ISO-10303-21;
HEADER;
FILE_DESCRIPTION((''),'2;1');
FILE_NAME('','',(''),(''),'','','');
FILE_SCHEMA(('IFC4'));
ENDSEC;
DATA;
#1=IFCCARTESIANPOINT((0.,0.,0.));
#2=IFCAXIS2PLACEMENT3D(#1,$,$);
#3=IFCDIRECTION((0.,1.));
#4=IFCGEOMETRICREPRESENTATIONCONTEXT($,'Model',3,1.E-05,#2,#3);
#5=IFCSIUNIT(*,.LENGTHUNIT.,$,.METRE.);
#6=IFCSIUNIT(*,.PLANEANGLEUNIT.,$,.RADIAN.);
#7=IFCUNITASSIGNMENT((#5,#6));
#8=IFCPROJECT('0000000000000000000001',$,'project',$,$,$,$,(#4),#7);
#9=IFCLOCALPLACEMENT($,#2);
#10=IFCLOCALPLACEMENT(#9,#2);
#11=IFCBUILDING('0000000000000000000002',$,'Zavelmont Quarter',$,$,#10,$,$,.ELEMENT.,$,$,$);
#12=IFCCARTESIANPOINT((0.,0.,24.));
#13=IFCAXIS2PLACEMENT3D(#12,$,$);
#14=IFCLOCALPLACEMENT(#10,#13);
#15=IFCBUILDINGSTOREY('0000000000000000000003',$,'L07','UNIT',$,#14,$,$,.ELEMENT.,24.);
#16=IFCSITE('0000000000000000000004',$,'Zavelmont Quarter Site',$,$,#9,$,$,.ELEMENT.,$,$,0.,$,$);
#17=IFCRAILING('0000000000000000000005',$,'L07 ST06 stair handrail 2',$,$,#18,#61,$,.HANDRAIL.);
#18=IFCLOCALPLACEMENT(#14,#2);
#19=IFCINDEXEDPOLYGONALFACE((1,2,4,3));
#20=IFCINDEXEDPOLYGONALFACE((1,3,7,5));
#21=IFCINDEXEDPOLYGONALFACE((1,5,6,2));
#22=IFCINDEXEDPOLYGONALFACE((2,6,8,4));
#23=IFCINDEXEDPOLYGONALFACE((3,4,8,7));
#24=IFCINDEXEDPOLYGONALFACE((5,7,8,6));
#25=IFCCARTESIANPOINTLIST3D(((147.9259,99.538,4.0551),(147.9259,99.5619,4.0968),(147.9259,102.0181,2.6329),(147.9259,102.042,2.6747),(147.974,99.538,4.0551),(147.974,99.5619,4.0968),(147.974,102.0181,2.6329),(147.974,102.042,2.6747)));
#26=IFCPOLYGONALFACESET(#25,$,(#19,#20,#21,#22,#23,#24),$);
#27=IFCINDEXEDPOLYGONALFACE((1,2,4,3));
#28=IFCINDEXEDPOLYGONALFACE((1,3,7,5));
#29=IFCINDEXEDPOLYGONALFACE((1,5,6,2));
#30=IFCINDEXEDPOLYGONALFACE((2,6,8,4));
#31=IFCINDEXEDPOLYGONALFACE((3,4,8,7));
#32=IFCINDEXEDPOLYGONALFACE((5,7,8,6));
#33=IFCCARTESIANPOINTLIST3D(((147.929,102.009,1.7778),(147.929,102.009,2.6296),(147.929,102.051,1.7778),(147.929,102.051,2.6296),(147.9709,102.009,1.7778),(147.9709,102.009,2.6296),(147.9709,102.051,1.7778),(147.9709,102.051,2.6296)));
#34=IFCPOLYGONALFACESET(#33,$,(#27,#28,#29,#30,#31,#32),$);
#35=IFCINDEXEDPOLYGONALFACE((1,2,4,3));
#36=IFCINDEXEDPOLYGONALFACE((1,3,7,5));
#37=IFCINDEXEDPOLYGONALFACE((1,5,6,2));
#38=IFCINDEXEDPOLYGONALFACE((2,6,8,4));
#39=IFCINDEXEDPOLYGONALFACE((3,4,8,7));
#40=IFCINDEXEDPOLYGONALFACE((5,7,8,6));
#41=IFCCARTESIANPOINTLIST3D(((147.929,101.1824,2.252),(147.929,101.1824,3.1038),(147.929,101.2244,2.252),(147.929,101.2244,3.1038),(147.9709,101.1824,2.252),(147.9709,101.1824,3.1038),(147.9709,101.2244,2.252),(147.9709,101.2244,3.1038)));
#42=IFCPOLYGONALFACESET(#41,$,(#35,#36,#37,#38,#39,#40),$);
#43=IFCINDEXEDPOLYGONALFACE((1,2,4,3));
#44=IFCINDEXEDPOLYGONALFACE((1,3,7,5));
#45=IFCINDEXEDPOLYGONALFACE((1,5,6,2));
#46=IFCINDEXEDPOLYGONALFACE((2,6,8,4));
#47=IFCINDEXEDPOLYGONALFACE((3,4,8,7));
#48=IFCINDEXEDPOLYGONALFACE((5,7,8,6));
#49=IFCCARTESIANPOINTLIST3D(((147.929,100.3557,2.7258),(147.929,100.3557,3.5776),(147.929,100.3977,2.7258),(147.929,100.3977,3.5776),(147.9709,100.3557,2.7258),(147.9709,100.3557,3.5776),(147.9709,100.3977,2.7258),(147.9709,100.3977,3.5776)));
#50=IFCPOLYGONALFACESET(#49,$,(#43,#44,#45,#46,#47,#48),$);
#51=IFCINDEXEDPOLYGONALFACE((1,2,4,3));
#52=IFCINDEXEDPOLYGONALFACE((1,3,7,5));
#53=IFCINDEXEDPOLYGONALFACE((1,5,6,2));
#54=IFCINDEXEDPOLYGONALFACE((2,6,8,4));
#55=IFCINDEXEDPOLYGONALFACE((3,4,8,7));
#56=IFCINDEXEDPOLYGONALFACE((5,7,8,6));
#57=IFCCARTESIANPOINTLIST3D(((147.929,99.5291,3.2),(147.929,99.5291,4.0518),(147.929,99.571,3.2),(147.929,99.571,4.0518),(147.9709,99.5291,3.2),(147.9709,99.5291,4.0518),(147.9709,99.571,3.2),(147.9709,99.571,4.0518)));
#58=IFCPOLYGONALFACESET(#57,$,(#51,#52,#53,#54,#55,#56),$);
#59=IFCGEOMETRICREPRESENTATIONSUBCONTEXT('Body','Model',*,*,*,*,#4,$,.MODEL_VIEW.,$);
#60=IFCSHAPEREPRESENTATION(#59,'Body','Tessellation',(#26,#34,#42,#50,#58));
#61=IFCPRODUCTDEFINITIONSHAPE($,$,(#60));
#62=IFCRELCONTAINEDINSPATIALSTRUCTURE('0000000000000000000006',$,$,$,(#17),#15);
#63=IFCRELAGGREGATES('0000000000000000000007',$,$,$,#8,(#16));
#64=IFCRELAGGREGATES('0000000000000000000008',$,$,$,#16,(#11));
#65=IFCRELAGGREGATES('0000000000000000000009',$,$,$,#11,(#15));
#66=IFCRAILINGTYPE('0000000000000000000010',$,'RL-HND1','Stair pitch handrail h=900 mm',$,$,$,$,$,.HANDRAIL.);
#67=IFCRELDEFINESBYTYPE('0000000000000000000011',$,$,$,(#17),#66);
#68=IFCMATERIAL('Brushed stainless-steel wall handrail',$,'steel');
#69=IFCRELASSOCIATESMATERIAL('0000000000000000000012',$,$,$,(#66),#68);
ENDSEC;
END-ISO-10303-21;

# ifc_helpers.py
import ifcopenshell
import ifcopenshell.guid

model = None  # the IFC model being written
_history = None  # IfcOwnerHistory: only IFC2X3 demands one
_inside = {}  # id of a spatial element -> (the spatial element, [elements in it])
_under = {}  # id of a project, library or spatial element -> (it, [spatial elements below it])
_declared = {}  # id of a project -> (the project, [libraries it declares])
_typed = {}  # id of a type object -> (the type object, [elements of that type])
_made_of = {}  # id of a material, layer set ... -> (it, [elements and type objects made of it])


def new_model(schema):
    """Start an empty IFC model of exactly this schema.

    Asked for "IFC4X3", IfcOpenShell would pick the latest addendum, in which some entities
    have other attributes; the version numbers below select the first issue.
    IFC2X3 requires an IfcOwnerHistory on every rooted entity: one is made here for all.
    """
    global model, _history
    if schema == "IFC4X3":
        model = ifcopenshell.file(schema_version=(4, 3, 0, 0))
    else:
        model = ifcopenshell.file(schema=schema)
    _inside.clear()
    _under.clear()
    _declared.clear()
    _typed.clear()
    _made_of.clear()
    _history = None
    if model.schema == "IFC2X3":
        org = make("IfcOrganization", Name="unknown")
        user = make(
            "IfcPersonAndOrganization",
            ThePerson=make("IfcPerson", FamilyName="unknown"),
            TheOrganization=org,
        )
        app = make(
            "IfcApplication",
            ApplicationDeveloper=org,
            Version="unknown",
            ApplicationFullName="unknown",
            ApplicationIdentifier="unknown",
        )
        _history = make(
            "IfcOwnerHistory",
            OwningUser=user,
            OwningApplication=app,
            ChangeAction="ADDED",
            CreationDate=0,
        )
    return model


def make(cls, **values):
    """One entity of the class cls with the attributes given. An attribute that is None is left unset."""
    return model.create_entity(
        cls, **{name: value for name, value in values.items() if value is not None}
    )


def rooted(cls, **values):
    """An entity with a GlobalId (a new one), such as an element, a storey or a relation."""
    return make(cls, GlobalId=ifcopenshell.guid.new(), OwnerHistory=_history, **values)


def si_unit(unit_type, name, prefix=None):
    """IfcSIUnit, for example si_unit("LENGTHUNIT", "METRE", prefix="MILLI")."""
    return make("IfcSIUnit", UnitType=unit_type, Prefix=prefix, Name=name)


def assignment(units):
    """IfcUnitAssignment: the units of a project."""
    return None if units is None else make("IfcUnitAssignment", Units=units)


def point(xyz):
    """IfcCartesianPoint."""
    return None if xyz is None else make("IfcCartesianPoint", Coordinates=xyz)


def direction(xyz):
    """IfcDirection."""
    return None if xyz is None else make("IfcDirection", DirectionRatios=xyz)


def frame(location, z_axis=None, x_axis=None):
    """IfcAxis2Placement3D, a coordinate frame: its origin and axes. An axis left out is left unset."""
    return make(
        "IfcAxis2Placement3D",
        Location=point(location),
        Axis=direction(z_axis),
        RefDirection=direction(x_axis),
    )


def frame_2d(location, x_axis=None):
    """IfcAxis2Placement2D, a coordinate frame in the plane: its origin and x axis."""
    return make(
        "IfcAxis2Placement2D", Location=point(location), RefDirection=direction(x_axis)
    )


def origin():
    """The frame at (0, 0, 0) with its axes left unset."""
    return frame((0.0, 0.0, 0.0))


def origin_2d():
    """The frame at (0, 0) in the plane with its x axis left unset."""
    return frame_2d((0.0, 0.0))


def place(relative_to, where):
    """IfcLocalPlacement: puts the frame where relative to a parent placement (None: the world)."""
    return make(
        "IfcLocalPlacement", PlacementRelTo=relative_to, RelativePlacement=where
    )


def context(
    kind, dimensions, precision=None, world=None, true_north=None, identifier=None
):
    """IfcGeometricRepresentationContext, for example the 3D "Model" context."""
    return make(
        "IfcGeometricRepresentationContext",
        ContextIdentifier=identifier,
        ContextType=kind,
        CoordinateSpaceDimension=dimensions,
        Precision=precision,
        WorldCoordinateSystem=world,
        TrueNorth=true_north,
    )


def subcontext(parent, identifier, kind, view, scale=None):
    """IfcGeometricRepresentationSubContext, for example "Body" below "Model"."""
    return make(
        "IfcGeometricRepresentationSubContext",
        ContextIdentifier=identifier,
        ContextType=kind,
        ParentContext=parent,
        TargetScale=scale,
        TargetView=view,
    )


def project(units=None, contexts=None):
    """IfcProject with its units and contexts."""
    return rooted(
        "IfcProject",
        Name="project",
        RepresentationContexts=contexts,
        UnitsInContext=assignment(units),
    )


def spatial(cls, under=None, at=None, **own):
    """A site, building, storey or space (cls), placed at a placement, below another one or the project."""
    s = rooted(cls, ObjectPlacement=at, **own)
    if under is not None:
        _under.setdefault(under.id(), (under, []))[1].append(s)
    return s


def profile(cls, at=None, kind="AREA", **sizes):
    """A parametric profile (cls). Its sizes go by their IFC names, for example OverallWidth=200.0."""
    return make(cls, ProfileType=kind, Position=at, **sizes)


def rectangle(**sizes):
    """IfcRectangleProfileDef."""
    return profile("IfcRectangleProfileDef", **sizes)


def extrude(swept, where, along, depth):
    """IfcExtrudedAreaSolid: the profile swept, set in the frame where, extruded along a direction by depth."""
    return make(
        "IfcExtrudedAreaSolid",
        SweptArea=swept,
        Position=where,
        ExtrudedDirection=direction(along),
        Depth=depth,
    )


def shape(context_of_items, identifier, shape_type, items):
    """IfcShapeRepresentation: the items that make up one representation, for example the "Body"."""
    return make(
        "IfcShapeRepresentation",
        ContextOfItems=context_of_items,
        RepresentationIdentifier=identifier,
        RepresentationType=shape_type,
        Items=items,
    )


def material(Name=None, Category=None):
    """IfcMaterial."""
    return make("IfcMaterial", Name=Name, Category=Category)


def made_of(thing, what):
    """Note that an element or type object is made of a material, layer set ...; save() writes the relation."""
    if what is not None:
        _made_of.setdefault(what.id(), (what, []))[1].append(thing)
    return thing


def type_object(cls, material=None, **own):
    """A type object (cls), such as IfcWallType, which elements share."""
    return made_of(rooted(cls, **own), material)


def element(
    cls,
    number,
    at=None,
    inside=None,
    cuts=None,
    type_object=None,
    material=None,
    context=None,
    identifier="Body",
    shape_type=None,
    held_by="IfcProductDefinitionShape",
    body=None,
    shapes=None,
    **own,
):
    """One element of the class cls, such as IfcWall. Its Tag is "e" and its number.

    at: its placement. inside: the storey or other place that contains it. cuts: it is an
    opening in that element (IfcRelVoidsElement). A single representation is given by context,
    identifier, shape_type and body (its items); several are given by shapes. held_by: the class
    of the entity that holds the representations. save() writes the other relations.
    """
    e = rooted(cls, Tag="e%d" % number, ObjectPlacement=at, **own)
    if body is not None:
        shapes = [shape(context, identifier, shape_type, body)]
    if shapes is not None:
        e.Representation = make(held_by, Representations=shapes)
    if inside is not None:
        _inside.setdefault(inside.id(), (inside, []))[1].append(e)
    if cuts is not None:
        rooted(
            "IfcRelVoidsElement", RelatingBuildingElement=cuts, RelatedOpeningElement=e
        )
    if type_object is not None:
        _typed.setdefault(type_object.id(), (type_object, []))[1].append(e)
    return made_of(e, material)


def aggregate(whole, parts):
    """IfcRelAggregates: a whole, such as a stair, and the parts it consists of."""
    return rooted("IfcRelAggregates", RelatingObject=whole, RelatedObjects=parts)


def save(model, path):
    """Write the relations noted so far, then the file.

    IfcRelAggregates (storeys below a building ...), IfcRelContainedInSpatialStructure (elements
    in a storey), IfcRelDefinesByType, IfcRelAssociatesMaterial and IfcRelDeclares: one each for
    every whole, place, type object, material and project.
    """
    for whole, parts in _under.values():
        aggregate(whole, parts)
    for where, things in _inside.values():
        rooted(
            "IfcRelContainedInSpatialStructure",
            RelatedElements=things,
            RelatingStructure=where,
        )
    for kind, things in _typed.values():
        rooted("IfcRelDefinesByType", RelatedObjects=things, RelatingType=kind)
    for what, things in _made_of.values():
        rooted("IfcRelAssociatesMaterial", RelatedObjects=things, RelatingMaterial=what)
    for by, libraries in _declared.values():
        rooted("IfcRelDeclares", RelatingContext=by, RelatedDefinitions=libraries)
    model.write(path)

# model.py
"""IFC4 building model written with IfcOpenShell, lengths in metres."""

from ifc_helpers import new_model, si_unit, direction, frame, origin, origin_2d, place, context, subcontext, project, spatial, rectangle, extrude, material, type_object, element, save


model = new_model("IFC4")

# Units and contexts
model_context = context("Model", 3, precision=1e-05, world=origin(), true_north=direction((0.0, 1.0)))
body_context = subcontext(model_context, "Body", "Model", "MODEL_VIEW")
ifc_project = project(units=[si_unit("LENGTHUNIT", "METRE"), si_unit("PLANEANGLEUNIT", "RADIAN")], contexts=[model_context])

# Site, building, storey
site_placement = place(None, origin())
site = spatial("IfcSite", under=ifc_project, at=site_placement, Name="Zavelmont Quarter Site", CompositionType="ELEMENT", RefElevation=0.0)
building_placement = place(site_placement, origin())
building = spatial("IfcBuilding", under=site, at=building_placement, Name="Zavelmont Quarter", CompositionType="ELEMENT")
storey_placement = place(building_placement, frame((0.0, 0.0, 24.0)))
storey = spatial("IfcBuildingStorey", under=building, at=storey_placement, Name="L07", Description="UNIT", CompositionType="ELEMENT", Elevation=24.0)

# Railing
ifc_material_1 = material(Name="Brushed stainless-steel wall handrail", Category="steel")
railing_type_1 = type_object("IfcRailingType", Name="RL-HND1", Description="Stair pitch handrail h=900 mm", PredefinedType="HANDRAIL", material=ifc_material_1)
railing_1_placement = place(storey_placement, frame((147.95, 102.03, 1.7778)))
element("IfcRailing", 1, at=railing_1_placement, inside=storey, type_object=railing_type_1, Name="L07 ST06 stair handrail 2", PredefinedType="HANDRAIL", context=body_context, shape_type="SweptSolid", body=[
    extrude(rectangle(XDim=0.0481, YDim=0.0481, at=origin_2d()), frame((0.0, 0.0, 0.876), z_axis=(0.0, -0.867491, 0.497454), x_axis=(1.0, 0.0, 0.0)), (0.0, 0.0, 1.0), 2.8589),
    extrude(rectangle(XDim=0.042, YDim=0.042, at=origin_2d()), origin(), (0.0, 0.0, 1.0), 0.8518),
    extrude(rectangle(XDim=0.042, YDim=0.042, at=origin_2d()), frame((0.0, -0.8267, 0.4741)), (0.0, 0.0, 1.0), 0.8518),
    extrude(rectangle(XDim=0.042, YDim=0.042, at=origin_2d()), frame((0.0, -1.6533, 0.948)), (0.0, 0.0, 1.0), 0.8518),
    extrude(rectangle(XDim=0.042, YDim=0.042, at=origin_2d()), frame((0.0, -2.48, 1.4221)), (0.0, 0.0, 1.0), 0.8518),
])

save(model, "model.ifc")
